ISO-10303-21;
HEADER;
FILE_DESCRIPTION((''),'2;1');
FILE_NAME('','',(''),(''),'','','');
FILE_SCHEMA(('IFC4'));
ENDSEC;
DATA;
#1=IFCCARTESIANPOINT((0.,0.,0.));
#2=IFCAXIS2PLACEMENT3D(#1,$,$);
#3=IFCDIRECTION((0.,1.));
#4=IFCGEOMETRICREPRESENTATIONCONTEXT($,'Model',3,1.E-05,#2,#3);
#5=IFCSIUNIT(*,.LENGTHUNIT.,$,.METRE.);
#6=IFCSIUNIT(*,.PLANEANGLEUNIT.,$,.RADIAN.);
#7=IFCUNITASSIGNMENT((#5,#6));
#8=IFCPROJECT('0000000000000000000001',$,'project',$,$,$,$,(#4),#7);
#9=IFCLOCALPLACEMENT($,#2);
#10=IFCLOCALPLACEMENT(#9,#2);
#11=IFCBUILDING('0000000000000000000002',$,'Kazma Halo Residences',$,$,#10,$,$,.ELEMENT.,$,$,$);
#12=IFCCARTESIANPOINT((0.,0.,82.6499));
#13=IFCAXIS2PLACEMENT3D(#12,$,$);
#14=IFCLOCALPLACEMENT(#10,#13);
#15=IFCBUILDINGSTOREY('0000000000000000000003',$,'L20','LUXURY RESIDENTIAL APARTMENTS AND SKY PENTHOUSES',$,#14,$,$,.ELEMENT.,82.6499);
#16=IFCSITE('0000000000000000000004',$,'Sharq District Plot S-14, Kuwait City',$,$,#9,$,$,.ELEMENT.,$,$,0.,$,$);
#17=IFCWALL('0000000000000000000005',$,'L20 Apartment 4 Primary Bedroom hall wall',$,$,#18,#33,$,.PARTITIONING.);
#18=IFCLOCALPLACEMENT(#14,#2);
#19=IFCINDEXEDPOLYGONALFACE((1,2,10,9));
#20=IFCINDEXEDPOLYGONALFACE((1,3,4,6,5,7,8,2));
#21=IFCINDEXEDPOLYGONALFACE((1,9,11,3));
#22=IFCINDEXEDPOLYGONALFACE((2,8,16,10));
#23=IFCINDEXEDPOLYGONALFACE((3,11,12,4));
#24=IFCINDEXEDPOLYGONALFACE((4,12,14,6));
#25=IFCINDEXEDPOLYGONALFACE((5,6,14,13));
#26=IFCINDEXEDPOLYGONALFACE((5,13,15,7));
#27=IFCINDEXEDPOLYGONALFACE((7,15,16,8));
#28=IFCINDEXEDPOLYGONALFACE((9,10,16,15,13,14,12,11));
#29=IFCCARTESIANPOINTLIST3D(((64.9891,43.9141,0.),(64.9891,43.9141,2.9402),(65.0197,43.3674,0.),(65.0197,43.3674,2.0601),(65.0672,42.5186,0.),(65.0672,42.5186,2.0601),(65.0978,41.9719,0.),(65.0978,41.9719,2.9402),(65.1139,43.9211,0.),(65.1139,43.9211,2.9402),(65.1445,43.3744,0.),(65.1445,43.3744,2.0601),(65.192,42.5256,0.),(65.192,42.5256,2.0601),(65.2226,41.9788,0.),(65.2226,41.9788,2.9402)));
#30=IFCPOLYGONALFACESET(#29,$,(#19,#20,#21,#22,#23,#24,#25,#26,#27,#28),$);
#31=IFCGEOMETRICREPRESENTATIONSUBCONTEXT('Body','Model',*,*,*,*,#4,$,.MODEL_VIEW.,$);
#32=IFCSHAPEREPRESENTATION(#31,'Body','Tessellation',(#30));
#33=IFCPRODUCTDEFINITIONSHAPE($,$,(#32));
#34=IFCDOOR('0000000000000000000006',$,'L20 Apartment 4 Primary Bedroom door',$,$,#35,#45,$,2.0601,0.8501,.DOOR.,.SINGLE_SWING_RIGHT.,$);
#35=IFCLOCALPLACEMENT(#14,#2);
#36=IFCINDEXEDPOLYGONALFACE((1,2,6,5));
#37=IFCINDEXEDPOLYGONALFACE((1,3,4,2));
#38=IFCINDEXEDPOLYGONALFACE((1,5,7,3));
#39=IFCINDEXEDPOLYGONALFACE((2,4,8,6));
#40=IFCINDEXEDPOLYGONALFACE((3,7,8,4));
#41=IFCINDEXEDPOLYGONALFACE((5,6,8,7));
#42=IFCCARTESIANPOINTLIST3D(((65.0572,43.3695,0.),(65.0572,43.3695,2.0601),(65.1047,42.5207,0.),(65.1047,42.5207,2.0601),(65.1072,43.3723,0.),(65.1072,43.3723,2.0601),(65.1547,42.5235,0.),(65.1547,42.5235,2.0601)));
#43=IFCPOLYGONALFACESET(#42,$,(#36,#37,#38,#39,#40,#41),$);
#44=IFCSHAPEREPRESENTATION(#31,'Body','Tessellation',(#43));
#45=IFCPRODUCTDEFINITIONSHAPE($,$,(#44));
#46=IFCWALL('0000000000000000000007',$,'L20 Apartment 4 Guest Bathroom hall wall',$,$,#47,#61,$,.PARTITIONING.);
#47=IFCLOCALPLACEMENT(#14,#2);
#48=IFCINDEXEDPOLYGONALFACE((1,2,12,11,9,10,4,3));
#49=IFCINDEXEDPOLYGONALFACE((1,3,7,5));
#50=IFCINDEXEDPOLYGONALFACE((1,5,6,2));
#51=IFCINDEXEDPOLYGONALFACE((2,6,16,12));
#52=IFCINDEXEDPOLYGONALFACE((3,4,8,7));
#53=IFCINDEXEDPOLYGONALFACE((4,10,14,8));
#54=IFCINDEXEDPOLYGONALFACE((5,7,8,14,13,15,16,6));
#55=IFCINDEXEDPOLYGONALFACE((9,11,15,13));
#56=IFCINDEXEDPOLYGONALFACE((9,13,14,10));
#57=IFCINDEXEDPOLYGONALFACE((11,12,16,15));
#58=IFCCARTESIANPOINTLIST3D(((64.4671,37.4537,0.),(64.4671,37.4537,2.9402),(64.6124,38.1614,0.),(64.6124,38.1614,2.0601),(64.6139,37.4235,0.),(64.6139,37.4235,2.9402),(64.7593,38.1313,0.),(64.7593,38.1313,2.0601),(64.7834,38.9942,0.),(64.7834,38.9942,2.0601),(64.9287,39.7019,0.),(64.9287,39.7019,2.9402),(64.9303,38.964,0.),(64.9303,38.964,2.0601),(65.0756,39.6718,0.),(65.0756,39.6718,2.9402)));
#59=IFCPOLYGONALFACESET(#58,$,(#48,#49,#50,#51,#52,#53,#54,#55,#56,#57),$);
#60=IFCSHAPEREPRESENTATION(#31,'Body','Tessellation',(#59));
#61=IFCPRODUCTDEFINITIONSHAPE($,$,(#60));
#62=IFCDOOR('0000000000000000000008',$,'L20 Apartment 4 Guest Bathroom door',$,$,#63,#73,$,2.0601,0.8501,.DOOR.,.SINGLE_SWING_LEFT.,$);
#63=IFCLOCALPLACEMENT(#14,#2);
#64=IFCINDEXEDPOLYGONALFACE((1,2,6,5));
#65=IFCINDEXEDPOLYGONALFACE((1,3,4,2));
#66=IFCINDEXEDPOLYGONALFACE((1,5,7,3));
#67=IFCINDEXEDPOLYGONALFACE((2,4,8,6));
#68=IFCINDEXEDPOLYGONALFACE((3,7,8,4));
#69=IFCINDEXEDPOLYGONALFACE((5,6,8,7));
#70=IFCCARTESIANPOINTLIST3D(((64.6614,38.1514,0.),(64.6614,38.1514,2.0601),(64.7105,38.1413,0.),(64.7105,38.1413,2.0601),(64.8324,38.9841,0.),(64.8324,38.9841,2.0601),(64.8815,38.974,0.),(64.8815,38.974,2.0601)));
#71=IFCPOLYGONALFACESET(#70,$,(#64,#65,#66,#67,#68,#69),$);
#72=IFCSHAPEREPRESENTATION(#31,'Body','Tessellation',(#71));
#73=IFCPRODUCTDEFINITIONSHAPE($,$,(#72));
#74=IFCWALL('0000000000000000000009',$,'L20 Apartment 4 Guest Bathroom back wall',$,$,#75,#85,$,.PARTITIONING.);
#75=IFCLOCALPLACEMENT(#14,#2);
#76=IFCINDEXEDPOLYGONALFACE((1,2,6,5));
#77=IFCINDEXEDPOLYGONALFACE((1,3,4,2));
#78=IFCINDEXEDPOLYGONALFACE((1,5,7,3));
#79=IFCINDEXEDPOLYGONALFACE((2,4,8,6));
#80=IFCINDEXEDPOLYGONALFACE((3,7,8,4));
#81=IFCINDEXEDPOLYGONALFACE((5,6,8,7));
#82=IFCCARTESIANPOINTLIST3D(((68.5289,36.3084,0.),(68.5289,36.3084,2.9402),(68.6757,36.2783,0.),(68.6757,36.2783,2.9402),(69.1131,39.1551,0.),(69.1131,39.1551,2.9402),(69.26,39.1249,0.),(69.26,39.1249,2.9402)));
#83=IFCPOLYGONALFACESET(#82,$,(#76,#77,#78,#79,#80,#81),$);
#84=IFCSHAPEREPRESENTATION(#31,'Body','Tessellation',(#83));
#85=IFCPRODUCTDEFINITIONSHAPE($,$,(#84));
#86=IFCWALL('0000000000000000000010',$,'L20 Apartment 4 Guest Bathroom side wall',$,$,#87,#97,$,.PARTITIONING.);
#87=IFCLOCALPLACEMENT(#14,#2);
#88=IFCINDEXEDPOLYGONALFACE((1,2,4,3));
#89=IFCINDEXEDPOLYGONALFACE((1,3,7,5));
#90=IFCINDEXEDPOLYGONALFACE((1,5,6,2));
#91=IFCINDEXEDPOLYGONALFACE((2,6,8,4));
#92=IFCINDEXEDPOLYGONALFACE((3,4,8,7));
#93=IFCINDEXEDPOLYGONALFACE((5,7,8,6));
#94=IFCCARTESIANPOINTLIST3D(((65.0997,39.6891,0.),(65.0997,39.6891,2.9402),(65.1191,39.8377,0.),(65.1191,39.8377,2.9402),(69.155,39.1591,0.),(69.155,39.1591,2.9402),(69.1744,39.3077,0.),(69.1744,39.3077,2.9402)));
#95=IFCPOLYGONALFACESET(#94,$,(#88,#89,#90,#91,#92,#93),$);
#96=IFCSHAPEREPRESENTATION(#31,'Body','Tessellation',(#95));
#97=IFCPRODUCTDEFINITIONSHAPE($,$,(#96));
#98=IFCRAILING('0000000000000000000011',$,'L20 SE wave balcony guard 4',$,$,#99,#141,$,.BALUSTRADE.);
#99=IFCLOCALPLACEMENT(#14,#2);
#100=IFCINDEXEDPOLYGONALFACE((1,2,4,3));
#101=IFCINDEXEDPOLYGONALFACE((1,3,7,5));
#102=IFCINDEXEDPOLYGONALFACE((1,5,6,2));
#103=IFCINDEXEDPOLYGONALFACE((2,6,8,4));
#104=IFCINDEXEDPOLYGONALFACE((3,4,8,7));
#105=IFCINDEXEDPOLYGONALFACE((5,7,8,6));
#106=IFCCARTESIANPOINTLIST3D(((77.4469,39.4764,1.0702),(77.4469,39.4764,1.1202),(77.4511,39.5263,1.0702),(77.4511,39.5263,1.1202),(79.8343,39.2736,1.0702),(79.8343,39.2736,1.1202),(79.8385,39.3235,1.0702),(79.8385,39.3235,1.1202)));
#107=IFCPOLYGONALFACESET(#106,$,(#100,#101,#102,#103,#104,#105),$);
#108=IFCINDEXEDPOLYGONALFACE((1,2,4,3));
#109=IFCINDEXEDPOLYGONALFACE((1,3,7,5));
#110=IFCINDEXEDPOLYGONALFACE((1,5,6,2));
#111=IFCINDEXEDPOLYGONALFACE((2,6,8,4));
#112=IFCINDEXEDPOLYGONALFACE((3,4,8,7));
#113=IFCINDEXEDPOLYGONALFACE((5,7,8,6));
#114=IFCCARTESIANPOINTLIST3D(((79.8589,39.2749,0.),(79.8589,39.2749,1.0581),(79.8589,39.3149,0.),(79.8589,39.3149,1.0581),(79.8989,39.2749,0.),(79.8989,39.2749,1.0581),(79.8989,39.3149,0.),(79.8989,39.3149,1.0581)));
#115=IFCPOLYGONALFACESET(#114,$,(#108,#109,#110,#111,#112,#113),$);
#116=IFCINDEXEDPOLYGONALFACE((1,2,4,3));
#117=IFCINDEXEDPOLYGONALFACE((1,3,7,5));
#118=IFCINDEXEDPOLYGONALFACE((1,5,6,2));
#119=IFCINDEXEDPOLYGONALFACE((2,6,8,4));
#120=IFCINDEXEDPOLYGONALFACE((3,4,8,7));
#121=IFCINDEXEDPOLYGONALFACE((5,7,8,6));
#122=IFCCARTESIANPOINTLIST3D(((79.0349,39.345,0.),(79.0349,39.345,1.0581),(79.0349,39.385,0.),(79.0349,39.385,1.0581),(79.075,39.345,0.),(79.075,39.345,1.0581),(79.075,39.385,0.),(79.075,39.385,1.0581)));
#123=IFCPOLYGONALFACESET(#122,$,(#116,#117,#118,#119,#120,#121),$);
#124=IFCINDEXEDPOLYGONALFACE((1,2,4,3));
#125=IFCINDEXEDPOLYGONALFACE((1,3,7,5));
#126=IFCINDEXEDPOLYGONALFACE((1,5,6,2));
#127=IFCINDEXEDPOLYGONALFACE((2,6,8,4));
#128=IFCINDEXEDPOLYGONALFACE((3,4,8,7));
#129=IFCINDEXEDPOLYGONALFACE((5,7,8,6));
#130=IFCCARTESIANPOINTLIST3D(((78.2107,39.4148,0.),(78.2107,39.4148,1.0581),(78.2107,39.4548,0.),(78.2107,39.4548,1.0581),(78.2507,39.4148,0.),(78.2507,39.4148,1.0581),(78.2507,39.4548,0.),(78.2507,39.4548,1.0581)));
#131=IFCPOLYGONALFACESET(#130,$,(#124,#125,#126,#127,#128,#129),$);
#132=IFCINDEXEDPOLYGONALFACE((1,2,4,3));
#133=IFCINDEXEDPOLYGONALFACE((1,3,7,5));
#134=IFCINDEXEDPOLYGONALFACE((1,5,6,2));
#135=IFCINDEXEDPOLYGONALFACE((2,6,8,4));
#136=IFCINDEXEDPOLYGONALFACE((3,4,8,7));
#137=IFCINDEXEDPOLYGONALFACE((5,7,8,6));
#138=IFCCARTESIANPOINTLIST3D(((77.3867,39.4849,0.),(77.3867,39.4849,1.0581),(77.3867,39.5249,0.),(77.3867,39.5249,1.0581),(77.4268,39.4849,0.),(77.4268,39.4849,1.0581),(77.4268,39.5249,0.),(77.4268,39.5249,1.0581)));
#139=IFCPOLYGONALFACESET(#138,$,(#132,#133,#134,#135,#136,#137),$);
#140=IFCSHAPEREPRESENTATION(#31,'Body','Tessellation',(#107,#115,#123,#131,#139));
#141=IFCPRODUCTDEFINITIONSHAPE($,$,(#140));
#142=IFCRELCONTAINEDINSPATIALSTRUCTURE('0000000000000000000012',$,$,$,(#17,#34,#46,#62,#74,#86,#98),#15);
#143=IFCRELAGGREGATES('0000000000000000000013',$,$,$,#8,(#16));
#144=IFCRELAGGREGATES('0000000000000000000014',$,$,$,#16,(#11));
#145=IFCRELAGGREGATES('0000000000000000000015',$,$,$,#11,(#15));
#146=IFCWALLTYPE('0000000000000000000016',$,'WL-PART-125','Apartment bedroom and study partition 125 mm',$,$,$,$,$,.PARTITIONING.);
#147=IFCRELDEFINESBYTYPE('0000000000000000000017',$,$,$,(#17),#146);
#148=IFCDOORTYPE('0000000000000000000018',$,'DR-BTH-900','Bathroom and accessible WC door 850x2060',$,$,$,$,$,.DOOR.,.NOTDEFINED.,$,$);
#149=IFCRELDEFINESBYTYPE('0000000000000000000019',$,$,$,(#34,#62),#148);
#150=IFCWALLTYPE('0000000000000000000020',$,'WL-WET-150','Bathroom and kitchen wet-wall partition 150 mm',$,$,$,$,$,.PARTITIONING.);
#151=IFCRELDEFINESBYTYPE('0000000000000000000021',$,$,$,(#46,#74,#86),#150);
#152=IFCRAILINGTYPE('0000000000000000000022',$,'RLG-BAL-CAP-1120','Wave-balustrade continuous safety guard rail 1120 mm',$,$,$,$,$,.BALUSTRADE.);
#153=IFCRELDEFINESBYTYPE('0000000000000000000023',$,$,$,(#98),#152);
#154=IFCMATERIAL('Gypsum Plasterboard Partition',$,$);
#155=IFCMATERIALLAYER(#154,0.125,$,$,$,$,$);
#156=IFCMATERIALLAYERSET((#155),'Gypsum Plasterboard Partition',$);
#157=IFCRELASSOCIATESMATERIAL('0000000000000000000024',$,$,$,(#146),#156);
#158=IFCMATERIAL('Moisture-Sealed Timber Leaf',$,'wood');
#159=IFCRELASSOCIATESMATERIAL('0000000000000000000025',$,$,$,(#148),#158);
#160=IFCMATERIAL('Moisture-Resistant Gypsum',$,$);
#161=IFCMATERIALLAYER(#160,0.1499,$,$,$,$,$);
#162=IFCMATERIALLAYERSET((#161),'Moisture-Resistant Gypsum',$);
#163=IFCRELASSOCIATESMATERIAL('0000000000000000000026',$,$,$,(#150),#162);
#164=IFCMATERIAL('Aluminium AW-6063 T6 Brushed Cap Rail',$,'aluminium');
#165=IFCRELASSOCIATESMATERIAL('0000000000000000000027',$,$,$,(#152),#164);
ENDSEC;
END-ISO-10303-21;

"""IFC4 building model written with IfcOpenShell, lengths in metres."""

from ifc_helpers import new_model, si_unit, direction, frame, frame_2d, origin, origin_2d, place, context, subcontext, project, spatial, rectangle, extrude, material, layer, layer_set, type_object, element, fill, save


model = new_model("IFC4")

# Units and contexts
model_context = context("Model", 3, precision=1e-05, world=origin(), true_north=direction((0.0, 1.0)))
body_context = subcontext(model_context, "Body", "Model", "MODEL_VIEW")
ifc_project = project(units=[si_unit("LENGTHUNIT", "METRE"), si_unit("PLANEANGLEUNIT", "RADIAN")], contexts=[model_context])

# Site, building, storey
site_placement = place(None, origin())
site = spatial("IfcSite", under=ifc_project, at=site_placement, Name="Sharq District Plot S-14, Kuwait City", CompositionType="ELEMENT", RefElevation=0.0)
building_placement = place(site_placement, origin())
building = spatial("IfcBuilding", under=site, at=building_placement, Name="Kazma Halo Residences", CompositionType="ELEMENT")
storey_placement = place(building_placement, frame((0.0, 0.0, 82.6499)))
storey = spatial("IfcBuildingStorey", under=building, at=storey_placement, Name="L20", Description="LUXURY RESIDENTIAL APARTMENTS AND SKY PENTHOUSES", CompositionType="ELEMENT", Elevation=82.6499)

# Shared definitions
ifc_material_1 = material(Name="Gypsum Plasterboard Partition")
ifc_layer_1 = layer(ifc_material_1, 0.125)
ifc_layer_set_1 = layer_set([ifc_layer_1], Name="Gypsum Plasterboard Partition")
wall_type_1 = type_object("IfcWallType", Name="WL-PART-125", Description="Apartment bedroom and study partition 125 mm", PredefinedType="PARTITIONING", material=ifc_layer_set_1)

# Shared definitions
ifc_material_2 = material(Name="Moisture-Sealed Timber Leaf", Category="wood")
door_type = type_object("IfcDoorType", Name="DR-BTH-900", Description="Bathroom and accessible WC door 850x2060", OperationType="NOTDEFINED", PredefinedType="DOOR", material=ifc_material_2)

# Walls, openings, doors
wall_1_placement = place(storey_placement, frame((65.1602, 41.9753, 0.0), z_axis=(0.0, 0.0, 1.0), x_axis=(-0.055845, 0.998439, 0.0)))
wall_1 = element("IfcWall", 1, at=wall_1_placement, inside=storey, type_object=wall_type_1, Name="L20 Apartment 4 Primary Bedroom hall wall", PredefinedType="PARTITIONING", context=body_context, shape_type="SweptSolid", body=[
    extrude(rectangle(XDim=1.9453, YDim=0.125, at=frame_2d((0.9727, 0.0))), origin(), (0.0, 0.0, 1.0), 2.9402),
])
opening_1_placement = place(wall_1_placement, frame((0.5476, 0.0, 0.0)))
opening_1 = element("IfcOpeningElement", 2, at=opening_1_placement, cuts=wall_1, PredefinedType="OPENING", context=body_context, shape_type="SweptSolid", body=[
    extrude(rectangle(XDim=0.8501, YDim=2.0601, at=frame_2d((0.425, 1.03))), frame((0.0, 0.0725, 0.0), z_axis=(0.0, -1.0, 0.0), x_axis=(1.0, 0.0, 0.0)), (0.0, 0.0, 1.0), 0.145),
])
door_1_placement = place(opening_1_placement, origin())
door_1 = element("IfcDoor", 3, at=door_1_placement, inside=storey, type_object=door_type, Name="L20 Apartment 4 Primary Bedroom door", OperationType="SINGLE_SWING_RIGHT", OverallHeight=2.0601, OverallWidth=0.8501, PredefinedType="DOOR", context=body_context, shape_type="SweptSolid", body=[
    extrude(rectangle(XDim=0.8501, YDim=2.0601, at=frame_2d((0.425, 1.03))), frame((0.0, 0.0249, 0.0), z_axis=(0.0, -1.0, 0.0), x_axis=(1.0, 0.0, 0.0)), (0.0, 0.0, 1.0), 0.05),
])
fill(opening_1, door_1)
ifc_material_3 = material(Name="Moisture-Resistant Gypsum")
ifc_layer_2 = layer(ifc_material_3, 0.1499)
ifc_layer_set_2 = layer_set([ifc_layer_2], Name="Moisture-Resistant Gypsum")
wall_type_2 = type_object("IfcWallType", Name="WL-WET-150", Description="Bathroom and kitchen wet-wall partition 150 mm", PredefinedType="PARTITIONING", material=ifc_layer_set_2)
wall_2_placement = place(storey_placement, frame((64.5405, 37.4387, 0.0), z_axis=(0.0, 0.0, 1.0), x_axis=(0.201146, 0.979561, 0.0)))
wall_2 = element("IfcWall", 4, at=wall_2_placement, inside=storey, type_object=wall_type_2, Name="L20 Apartment 4 Guest Bathroom hall wall", PredefinedType="PARTITIONING", context=body_context, shape_type="SweptSolid", body=[
    extrude(rectangle(XDim=2.2952, YDim=0.1499, at=frame_2d((1.1475, 0.0))), origin(), (0.0, 0.0, 1.0), 2.9402),
])
opening_2_placement = place(wall_2_placement, frame((0.7224, 0.0, 0.0)))
opening_2 = element("IfcOpeningElement", 5, at=opening_2_placement, cuts=wall_2, PredefinedType="OPENING", context=body_context, shape_type="SweptSolid", body=[
    extrude(rectangle(XDim=0.8501, YDim=2.0601, at=frame_2d((0.425, 1.03))), frame((0.0, 0.085, 0.0), z_axis=(0.0, -1.0, 0.0), x_axis=(1.0, 0.0, 0.0)), (0.0, 0.0, 1.0), 0.1699),
])
door_2_placement = place(opening_2_placement, origin())
door_2 = element("IfcDoor", 6, at=door_2_placement, inside=storey, type_object=door_type, Name="L20 Apartment 4 Guest Bathroom door", OperationType="SINGLE_SWING_LEFT", OverallHeight=2.0601, OverallWidth=0.8501, PredefinedType="DOOR", context=body_context, shape_type="SweptSolid", body=[
    extrude(rectangle(XDim=0.8501, YDim=2.0601, at=frame_2d((0.425, 1.03))), frame((0.0, 0.0249, 0.0), z_axis=(0.0, -1.0, 0.0), x_axis=(1.0, 0.0, 0.0)), (0.0, 0.0, 1.0), 0.05),
])
fill(opening_2, door_2)

# Walls
wall_3_placement = place(storey_placement, frame((68.6023, 36.2932, 0.0), z_axis=(0.0, 0.0, 1.0), x_axis=(0.201041, 0.979583, 0.0)))
element("IfcWall", 7, at=wall_3_placement, inside=storey, type_object=wall_type_2, Name="L20 Apartment 4 Guest Bathroom back wall", PredefinedType="PARTITIONING", context=body_context, shape_type="SweptSolid", body=[
    extrude(rectangle(XDim=2.906, YDim=0.1499, at=frame_2d((1.4531, 0.0))), origin(), (0.0, 0.0, 1.0), 2.9402),
])
wall_4_placement = place(storey_placement, frame((65.1094, 39.7634, 0.0), z_axis=(0.0, 0.0, 1.0), x_axis=(0.991567, -0.129594, 0.0)))
element("IfcWall", 8, at=wall_4_placement, inside=storey, type_object=wall_type_2, Name="L20 Apartment 4 Guest Bathroom side wall", PredefinedType="PARTITIONING", context=body_context, shape_type="SweptSolid", body=[
    extrude(rectangle(XDim=4.0898, YDim=0.1499, at=frame_2d((2.0449, 0.0))), origin(), (0.0, 0.0, 1.0), 2.9402),
])

# Railing
ifc_material_4 = material(Name="Aluminium AW-6063 T6 Brushed Cap Rail", Category="aluminium")
railing_type = type_object("IfcRailingType", Name="RLG-BAL-CAP-1120", Description="Wave-balustrade continuous safety guard rail 1120 mm", PredefinedType="BALUSTRADE", material=ifc_material_4)
railing_placement = place(storey_placement, frame((79.8789, 39.2949, 0.0)))
element("IfcRailing", 9, at=railing_placement, inside=storey, type_object=railing_type, Name="L20 SE wave balcony guard 4", PredefinedType="BALUSTRADE", context=body_context, shape_type="SweptSolid", body=[
    extrude(rectangle(XDim=0.05, YDim=0.05, at=origin_2d()), frame((-0.0425, 0.0037, 1.0952), z_axis=(-0.996413, 0.084625, 0.0), x_axis=(-0.084625, -0.996413, 0.0)), (0.0, 0.0, 1.0), 2.396),
    extrude(rectangle(XDim=0.04, YDim=0.04, at=origin_2d()), origin(), (0.0, 0.0, 1.0), 1.0581),
    extrude(rectangle(XDim=0.04, YDim=0.04, at=origin_2d()), frame((-0.824, 0.0701, 0.0)), (0.0, 0.0, 1.0), 1.0581),
    extrude(rectangle(XDim=0.04, YDim=0.04, at=origin_2d()), frame((-1.6482, 0.1399, 0.0)), (0.0, 0.0, 1.0), 1.0581),
    extrude(rectangle(XDim=0.04, YDim=0.04, at=origin_2d()), frame((-2.4722, 0.21, 0.0)), (0.0, 0.0, 1.0), 1.0581),
])

save(model, "model.ifc")
